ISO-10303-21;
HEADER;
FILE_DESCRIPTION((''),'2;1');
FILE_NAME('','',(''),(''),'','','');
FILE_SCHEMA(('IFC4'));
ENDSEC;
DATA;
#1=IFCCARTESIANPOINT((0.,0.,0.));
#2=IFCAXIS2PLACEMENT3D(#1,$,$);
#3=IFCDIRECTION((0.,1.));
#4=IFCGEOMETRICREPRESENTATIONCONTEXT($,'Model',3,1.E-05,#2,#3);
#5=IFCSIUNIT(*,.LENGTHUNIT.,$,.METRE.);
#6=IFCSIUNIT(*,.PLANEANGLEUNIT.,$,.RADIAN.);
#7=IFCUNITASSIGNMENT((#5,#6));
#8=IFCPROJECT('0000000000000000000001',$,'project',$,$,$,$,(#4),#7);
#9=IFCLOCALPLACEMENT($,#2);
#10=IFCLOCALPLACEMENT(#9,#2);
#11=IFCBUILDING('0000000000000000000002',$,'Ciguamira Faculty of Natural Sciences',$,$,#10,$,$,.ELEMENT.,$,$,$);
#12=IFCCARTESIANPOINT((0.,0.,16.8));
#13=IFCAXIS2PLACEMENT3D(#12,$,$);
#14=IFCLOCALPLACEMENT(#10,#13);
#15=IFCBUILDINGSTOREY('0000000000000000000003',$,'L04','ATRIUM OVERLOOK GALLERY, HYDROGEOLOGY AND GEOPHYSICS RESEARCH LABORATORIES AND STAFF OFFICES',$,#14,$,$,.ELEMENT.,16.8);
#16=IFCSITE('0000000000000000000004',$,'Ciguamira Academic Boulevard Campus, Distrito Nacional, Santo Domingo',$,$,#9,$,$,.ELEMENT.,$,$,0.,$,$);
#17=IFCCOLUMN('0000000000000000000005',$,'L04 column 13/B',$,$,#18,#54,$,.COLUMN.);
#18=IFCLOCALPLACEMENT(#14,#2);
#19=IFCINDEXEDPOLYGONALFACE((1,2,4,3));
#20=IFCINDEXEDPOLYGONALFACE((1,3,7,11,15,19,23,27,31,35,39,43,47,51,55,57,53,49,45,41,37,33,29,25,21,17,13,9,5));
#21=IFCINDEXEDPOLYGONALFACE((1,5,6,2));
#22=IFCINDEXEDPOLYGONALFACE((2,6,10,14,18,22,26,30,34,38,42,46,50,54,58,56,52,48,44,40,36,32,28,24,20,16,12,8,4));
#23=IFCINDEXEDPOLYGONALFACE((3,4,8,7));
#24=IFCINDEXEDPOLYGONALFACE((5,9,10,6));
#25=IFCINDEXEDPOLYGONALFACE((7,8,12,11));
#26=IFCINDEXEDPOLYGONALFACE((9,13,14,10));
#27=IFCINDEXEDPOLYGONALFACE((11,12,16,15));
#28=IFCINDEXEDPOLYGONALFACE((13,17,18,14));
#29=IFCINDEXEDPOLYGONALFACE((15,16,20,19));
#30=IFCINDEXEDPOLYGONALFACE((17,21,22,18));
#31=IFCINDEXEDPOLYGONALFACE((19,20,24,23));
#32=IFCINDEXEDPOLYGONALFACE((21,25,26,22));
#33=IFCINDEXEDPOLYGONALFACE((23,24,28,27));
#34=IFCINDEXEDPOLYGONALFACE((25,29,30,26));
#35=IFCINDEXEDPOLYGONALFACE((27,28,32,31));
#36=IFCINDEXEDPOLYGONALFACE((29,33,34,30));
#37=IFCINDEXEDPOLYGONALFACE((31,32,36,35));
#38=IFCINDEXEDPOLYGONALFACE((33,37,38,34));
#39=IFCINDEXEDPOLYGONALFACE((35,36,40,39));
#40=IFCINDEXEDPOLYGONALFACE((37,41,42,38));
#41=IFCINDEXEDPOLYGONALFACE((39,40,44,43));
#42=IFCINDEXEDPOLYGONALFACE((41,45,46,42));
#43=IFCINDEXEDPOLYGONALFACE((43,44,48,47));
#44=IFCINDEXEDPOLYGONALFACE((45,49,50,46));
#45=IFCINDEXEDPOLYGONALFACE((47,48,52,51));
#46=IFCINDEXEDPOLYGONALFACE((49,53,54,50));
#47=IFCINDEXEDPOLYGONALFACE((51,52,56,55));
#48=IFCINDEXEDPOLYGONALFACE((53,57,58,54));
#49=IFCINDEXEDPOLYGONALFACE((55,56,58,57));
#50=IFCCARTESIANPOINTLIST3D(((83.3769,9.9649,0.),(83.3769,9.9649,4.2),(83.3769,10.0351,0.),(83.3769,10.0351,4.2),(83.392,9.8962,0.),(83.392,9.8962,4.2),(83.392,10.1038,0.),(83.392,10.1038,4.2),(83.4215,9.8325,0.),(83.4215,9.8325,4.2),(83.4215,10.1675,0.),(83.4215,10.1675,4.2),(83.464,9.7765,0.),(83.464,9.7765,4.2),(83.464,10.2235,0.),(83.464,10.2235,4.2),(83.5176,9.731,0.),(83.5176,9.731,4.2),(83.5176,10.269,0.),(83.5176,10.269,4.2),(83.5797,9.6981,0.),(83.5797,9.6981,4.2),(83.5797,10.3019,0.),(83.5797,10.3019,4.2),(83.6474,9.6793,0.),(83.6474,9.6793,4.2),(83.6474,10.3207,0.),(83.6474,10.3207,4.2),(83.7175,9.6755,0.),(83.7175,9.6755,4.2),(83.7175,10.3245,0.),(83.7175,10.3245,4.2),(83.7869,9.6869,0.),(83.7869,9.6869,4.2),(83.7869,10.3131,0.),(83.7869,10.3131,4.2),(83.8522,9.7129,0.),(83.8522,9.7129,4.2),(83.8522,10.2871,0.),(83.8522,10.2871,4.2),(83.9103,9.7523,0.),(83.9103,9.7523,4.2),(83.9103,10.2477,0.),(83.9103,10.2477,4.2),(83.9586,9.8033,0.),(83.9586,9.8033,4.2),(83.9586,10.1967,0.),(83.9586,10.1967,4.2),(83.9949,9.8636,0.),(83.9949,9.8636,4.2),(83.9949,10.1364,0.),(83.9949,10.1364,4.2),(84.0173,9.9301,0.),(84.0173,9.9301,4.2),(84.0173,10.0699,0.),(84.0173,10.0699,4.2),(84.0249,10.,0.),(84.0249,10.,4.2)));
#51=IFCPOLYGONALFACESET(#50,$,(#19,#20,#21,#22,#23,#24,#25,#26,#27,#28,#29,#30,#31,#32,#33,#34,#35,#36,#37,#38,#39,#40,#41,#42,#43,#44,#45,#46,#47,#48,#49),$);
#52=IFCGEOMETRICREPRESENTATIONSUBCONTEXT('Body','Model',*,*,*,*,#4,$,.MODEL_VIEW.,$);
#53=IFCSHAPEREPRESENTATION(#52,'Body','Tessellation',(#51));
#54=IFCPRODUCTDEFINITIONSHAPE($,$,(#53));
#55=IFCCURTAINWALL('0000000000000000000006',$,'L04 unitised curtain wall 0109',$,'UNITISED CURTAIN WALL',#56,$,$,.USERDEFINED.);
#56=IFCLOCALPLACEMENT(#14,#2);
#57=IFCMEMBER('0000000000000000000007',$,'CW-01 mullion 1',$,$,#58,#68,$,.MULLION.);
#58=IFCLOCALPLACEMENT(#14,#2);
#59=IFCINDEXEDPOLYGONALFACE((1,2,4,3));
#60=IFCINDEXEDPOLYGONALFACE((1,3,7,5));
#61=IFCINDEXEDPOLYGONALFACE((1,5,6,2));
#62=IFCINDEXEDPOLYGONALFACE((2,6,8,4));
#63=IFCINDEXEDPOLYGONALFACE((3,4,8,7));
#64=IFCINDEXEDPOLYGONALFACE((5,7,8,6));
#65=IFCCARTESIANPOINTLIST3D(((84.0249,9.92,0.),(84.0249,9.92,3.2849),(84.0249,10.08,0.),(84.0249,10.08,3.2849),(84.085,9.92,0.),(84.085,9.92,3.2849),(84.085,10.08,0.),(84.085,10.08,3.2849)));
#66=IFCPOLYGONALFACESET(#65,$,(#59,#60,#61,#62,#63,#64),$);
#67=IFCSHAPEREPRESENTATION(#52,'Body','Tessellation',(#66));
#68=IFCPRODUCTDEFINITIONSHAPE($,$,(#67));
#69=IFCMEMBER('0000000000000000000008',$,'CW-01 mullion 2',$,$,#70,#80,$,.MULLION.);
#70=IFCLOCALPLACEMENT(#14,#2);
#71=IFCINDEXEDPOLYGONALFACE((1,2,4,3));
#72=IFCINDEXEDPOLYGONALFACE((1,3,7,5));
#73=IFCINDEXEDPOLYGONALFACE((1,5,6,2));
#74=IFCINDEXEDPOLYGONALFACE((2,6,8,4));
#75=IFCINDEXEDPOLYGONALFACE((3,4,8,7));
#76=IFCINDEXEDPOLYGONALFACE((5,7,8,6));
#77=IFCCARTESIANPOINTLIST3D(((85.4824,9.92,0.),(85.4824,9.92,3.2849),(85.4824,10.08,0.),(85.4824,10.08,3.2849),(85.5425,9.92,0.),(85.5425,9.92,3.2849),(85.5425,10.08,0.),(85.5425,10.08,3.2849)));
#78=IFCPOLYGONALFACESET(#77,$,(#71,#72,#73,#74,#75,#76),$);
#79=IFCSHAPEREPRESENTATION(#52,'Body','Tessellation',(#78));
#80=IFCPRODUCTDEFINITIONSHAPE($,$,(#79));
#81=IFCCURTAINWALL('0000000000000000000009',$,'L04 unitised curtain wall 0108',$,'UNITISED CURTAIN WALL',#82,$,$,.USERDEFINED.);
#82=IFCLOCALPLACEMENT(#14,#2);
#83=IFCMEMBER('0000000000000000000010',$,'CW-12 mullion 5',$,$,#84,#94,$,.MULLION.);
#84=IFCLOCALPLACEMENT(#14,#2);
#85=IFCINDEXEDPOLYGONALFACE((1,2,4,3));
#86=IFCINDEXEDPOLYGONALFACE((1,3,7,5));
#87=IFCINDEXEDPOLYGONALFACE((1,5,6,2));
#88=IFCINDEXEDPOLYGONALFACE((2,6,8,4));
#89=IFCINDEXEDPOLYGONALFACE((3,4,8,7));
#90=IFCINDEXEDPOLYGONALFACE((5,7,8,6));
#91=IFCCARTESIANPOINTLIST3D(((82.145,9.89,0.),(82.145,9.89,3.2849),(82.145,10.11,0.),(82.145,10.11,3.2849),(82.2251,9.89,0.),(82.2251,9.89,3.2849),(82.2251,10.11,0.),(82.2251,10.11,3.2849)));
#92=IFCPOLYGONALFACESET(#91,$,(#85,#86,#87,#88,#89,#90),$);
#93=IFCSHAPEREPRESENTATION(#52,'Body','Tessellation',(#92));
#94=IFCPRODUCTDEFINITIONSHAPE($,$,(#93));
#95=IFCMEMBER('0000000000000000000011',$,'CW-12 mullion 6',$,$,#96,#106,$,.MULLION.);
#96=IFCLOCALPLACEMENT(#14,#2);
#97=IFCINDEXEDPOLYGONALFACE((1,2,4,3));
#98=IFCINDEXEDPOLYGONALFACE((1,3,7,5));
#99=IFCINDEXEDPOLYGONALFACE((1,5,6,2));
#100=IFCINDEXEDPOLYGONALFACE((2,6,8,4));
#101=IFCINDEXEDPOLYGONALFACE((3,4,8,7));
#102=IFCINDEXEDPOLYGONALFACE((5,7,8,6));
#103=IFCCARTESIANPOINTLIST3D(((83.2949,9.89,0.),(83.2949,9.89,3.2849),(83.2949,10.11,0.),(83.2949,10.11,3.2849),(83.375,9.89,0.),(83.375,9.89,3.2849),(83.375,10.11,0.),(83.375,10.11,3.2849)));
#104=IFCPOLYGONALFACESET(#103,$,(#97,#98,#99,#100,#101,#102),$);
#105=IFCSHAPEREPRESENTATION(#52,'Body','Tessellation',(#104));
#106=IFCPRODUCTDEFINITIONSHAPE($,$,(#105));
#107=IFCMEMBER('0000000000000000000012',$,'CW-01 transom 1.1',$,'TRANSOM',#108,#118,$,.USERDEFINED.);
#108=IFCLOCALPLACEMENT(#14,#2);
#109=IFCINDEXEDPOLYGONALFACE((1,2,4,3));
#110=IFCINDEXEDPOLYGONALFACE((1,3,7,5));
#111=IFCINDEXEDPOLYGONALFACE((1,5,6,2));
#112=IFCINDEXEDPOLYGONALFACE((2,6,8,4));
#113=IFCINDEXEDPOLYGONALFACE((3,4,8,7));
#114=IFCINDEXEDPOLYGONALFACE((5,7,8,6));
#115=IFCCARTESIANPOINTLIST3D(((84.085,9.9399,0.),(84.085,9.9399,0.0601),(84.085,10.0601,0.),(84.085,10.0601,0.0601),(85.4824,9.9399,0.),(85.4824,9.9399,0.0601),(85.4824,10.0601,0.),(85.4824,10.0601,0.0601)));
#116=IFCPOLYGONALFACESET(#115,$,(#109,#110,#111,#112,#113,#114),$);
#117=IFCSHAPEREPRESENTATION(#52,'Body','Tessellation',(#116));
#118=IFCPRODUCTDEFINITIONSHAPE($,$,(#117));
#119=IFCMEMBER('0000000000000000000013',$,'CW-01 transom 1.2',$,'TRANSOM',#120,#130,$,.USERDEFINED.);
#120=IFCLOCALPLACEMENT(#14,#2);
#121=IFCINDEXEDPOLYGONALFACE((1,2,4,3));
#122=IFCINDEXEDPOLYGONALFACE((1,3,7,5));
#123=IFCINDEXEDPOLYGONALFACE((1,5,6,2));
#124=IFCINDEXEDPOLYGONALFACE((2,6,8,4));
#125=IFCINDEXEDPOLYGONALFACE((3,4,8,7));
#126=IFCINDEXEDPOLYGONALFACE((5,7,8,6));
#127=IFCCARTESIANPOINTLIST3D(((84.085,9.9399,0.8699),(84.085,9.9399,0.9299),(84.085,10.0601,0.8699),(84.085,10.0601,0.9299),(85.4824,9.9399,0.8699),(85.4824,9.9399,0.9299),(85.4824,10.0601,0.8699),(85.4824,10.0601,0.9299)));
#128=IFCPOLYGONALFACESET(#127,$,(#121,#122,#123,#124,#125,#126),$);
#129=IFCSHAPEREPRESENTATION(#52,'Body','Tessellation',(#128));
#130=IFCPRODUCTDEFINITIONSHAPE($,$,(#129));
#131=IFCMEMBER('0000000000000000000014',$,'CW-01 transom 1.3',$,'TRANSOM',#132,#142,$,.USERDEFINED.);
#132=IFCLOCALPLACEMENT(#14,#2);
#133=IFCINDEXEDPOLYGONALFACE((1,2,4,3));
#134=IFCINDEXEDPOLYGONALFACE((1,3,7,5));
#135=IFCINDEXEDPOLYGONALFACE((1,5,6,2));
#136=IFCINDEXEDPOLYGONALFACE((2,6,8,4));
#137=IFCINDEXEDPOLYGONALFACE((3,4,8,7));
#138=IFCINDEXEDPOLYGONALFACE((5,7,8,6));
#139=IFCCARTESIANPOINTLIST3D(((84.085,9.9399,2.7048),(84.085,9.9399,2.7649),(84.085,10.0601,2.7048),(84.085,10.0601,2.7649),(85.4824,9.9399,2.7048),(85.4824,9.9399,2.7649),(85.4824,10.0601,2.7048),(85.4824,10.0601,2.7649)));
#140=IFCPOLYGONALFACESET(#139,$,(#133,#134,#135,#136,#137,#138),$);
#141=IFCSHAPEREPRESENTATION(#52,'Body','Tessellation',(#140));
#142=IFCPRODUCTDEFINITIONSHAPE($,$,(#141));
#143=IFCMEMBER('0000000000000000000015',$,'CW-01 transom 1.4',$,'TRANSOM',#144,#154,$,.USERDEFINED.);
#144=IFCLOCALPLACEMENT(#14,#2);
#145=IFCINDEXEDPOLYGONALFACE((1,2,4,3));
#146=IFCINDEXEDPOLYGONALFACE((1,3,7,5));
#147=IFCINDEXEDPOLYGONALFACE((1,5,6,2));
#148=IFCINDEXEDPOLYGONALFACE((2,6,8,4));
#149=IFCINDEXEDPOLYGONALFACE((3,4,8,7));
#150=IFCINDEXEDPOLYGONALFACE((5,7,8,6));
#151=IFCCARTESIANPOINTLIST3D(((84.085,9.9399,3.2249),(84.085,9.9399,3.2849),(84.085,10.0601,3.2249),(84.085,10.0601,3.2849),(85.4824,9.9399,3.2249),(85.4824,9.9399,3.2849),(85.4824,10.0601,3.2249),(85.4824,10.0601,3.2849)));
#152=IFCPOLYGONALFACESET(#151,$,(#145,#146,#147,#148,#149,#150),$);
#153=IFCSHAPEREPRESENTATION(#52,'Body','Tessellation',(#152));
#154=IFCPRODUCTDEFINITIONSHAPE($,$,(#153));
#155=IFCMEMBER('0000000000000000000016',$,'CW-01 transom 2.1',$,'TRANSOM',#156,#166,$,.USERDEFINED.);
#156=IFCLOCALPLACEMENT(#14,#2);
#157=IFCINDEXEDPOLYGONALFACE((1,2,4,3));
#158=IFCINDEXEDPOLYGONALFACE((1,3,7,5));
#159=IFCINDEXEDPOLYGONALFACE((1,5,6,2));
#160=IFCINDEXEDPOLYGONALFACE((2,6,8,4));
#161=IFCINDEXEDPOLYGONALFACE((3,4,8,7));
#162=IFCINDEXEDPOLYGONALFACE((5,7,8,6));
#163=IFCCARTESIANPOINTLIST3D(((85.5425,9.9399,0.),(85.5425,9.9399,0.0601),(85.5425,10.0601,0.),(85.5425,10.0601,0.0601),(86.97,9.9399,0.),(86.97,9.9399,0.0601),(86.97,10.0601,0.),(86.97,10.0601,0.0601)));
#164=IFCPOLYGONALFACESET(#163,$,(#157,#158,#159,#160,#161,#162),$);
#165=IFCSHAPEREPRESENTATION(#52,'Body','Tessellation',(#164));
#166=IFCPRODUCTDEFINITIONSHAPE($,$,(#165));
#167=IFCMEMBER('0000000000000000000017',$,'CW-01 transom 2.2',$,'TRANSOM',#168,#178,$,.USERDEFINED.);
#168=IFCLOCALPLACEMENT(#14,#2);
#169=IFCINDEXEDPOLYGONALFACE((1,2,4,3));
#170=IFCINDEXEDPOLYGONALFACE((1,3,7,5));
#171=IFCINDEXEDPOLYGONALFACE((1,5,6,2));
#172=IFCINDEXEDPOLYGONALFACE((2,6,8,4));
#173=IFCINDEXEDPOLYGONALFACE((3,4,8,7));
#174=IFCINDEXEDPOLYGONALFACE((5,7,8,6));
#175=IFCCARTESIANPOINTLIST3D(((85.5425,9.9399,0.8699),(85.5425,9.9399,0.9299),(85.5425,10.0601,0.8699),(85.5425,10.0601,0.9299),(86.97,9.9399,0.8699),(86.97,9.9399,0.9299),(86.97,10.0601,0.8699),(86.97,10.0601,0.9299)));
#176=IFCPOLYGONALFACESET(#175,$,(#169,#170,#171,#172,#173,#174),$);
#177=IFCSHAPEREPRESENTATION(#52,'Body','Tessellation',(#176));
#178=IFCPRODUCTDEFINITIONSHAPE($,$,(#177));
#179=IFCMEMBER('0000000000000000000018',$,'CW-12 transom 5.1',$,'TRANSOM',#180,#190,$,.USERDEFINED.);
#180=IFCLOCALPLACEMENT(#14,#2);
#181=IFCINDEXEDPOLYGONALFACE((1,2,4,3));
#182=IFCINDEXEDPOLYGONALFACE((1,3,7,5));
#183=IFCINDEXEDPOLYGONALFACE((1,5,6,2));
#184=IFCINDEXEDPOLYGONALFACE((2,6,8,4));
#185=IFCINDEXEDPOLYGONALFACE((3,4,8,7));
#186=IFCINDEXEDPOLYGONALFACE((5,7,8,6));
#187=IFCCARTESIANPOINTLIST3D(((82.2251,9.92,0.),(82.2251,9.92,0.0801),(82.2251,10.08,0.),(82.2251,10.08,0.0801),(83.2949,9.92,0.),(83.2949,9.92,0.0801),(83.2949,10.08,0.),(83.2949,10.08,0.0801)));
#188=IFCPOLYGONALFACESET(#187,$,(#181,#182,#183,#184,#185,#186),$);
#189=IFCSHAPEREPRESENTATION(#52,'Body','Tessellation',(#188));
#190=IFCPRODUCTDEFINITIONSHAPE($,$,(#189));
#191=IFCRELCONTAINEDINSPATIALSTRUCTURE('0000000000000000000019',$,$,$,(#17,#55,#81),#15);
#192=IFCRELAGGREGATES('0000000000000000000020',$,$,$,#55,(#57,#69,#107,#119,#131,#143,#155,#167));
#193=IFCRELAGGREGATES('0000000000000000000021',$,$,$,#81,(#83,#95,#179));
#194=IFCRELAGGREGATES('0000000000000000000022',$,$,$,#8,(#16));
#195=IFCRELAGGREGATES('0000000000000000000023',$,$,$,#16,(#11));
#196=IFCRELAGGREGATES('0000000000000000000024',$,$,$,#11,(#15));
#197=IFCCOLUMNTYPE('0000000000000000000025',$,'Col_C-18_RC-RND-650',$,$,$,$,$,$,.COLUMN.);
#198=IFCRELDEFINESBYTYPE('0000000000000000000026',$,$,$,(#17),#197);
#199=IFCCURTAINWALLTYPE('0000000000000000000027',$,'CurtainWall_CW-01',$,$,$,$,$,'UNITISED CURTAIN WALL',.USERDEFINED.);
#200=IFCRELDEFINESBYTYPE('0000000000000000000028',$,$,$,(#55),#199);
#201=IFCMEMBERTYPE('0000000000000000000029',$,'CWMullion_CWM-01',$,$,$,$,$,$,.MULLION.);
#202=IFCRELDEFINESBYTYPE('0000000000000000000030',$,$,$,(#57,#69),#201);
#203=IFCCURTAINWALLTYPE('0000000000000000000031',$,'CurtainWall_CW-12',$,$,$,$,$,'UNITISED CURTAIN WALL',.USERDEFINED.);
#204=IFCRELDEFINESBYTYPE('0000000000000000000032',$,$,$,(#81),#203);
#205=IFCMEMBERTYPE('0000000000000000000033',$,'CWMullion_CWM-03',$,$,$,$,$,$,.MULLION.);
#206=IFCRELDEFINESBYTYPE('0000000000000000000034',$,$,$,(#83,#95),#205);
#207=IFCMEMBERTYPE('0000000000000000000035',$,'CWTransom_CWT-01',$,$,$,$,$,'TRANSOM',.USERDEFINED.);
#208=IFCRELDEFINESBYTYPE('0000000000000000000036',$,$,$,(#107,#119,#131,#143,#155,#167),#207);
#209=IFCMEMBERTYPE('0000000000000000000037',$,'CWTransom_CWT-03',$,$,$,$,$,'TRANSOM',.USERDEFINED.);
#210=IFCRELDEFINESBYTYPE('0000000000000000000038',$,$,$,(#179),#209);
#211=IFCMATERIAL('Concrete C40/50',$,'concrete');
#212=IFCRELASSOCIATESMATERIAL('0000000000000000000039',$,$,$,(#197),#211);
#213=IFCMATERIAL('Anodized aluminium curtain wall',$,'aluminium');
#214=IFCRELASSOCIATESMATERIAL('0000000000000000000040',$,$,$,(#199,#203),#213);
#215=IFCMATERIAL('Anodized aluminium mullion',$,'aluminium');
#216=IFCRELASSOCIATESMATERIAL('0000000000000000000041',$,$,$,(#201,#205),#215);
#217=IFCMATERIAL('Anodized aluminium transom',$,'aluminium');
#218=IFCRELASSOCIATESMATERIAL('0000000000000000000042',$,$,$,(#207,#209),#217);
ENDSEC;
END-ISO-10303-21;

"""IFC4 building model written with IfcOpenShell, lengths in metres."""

from ifc_helpers import new_model, si_unit, direction, frame, origin, origin_2d, place, context, subcontext, project, spatial, rectangle, circle, extrude, material, material_profile, profile_set, type_object, element, aggregate, save


model = new_model("IFC4")

# Units and contexts
model_context = context("Model", 3, precision=1e-05, world=origin(), true_north=direction((0.0, 1.0)))
body_context = subcontext(model_context, "Body", "Model", "MODEL_VIEW")
ifc_project = project(units=[si_unit("LENGTHUNIT", "METRE"), si_unit("PLANEANGLEUNIT", "RADIAN")], contexts=[model_context])

# Site, building, storey
site_placement = place(None, origin())
site = spatial("IfcSite", under=ifc_project, at=site_placement, Name="Ciguamira Academic Boulevard Campus, Distrito Nacional, Santo Domingo", CompositionType="ELEMENT", RefElevation=0.0)
building_placement = place(site_placement, origin())
building = spatial("IfcBuilding", under=site, at=building_placement, Name="Ciguamira Faculty of Natural Sciences", CompositionType="ELEMENT")
storey_placement = place(building_placement, frame((0.0, 0.0, 16.8)))
storey = spatial("IfcBuildingStorey", under=building, at=storey_placement, Name="L04", Description="ATRIUM OVERLOOK GALLERY, HYDROGEOLOGY AND GEOPHYSICS RESEARCH LABORATORIES AND STAFF OFFICES", CompositionType="ELEMENT", Elevation=16.8)

# Column
ifc_material_1 = material(Name="Concrete C40/50", Category="concrete")
ifc_material_profile_1 = material_profile(ifc_material_1, circle(Radius=0.325, at=origin_2d()), Name="RC-RND-650")
ifc_profile_set_1 = profile_set([ifc_material_profile_1], Name="Concrete C40/50")
column_type = type_object("IfcColumnType", Name="Col_C-18_RC-RND-650", PredefinedType="COLUMN", material=ifc_profile_set_1)
column_placement = place(storey_placement, frame((83.7, 10.0, 0.0), z_axis=(0.0, 0.0, 1.0), x_axis=(1.0, 0.0, 0.0)))
element("IfcColumn", 1, at=column_placement, inside=storey, type_object=column_type, Name="L04 column 13/B", PredefinedType="COLUMN", context=body_context, shape_type="SweptSolid", body=[
    extrude(circle(Radius=0.325, at=origin_2d()), origin(), (0.0, 0.0, 1.0), 4.2),
])

# Curtain walls, members
ifc_material_2 = material(Name="Anodized aluminium curtain wall", Category="aluminium")
curtain_wall_type_1 = type_object("IfcCurtainWallType", Name="CurtainWall_CW-01", ElementType="UNITISED CURTAIN WALL", PredefinedType="USERDEFINED", material=ifc_material_2)
curtain_wall_1_placement = place(storey_placement, origin())
curtain_wall_1 = element("IfcCurtainWall", 2, at=curtain_wall_1_placement, inside=storey, type_object=curtain_wall_type_1, Name="L04 unitised curtain wall 0109", ObjectType="UNITISED CURTAIN WALL", PredefinedType="USERDEFINED")
ifc_material_3 = material(Name="Anodized aluminium mullion", Category="aluminium")
ifc_material_profile_2 = material_profile(ifc_material_3, rectangle(XDim=0.0601, YDim=0.1599, at=origin_2d()), Name="ALU-MUL-60X160")
ifc_profile_set_2 = profile_set([ifc_material_profile_2], Name="Anodized aluminium mullion")
member_type_1 = type_object("IfcMemberType", Name="CWMullion_CWM-01", PredefinedType="MULLION", material=ifc_profile_set_2)
member_1_placement = place(storey_placement, frame((84.0549, 10.0, 0.0), z_axis=(0.0, 0.0, 1.0), x_axis=(1.0, 0.0, 0.0)))
member_1 = element("IfcMember", 3, at=member_1_placement, type_object=member_type_1, Name="CW-01 mullion 1", PredefinedType="MULLION", context=body_context, shape_type="SweptSolid", body=[
    extrude(rectangle(XDim=0.0601, YDim=0.1599, at=origin_2d()), origin(), (0.0, 0.0, 1.0), 3.2849),
])
member_2_placement = place(storey_placement, frame((85.5125, 10.0, 0.0), z_axis=(0.0, 0.0, 1.0), x_axis=(1.0, 0.0, 0.0)))
member_2 = element("IfcMember", 4, at=member_2_placement, type_object=member_type_1, Name="CW-01 mullion 2", PredefinedType="MULLION", context=body_context, shape_type="SweptSolid", body=[
    extrude(rectangle(XDim=0.0601, YDim=0.1599, at=origin_2d()), origin(), (0.0, 0.0, 1.0), 3.2849),
])
curtain_wall_type_2 = type_object("IfcCurtainWallType", Name="CurtainWall_CW-12", ElementType="UNITISED CURTAIN WALL", PredefinedType="USERDEFINED", material=ifc_material_2)
curtain_wall_2_placement = place(storey_placement, origin())
curtain_wall_2 = element("IfcCurtainWall", 5, at=curtain_wall_2_placement, inside=storey, type_object=curtain_wall_type_2, Name="L04 unitised curtain wall 0108", ObjectType="UNITISED CURTAIN WALL", PredefinedType="USERDEFINED")
ifc_material_profile_3 = material_profile(ifc_material_3, rectangle(XDim=0.0801, YDim=0.22, at=origin_2d()), Name="ALU-MUL-80X220")
ifc_profile_set_3 = profile_set([ifc_material_profile_3], Name="Anodized aluminium mullion")
member_type_2 = type_object("IfcMemberType", Name="CWMullion_CWM-03", PredefinedType="MULLION", material=ifc_profile_set_3)
member_3_placement = place(storey_placement, frame((82.1851, 10.0, 0.0), z_axis=(0.0, 0.0, 1.0), x_axis=(1.0, 0.0, 0.0)))
member_3 = element("IfcMember", 6, at=member_3_placement, type_object=member_type_2, Name="CW-12 mullion 5", PredefinedType="MULLION", context=body_context, shape_type="SweptSolid", body=[
    extrude(rectangle(XDim=0.0801, YDim=0.22, at=origin_2d()), origin(), (0.0, 0.0, 1.0), 3.2849),
])
member_4_placement = place(storey_placement, frame((83.335, 10.0, 0.0), z_axis=(0.0, 0.0, 1.0), x_axis=(1.0, 0.0, 0.0)))
member_4 = element("IfcMember", 7, at=member_4_placement, type_object=member_type_2, Name="CW-12 mullion 6", PredefinedType="MULLION", context=body_context, shape_type="SweptSolid", body=[
    extrude(rectangle(XDim=0.0801, YDim=0.22, at=origin_2d()), origin(), (0.0, 0.0, 1.0), 3.2849),
])

# Members
ifc_material_4 = material(Name="Anodized aluminium transom", Category="aluminium")
ifc_material_profile_4 = material_profile(ifc_material_4, rectangle(XDim=0.0601, YDim=0.1201, at=origin_2d()), Name="ALU-TRN-60X120")
ifc_profile_set_4 = profile_set([ifc_material_profile_4], Name="Anodized aluminium transom")
member_type_3 = type_object("IfcMemberType", Name="CWTransom_CWT-01", ElementType="TRANSOM", PredefinedType="USERDEFINED", material=ifc_profile_set_4)
member_5_placement = place(storey_placement, frame((84.085, 10.0, 0.03), z_axis=(1.0, 0.0, 0.0), x_axis=(0.0, 0.0, 1.0)))
member_5 = element("IfcMember", 8, at=member_5_placement, type_object=member_type_3, Name="CW-01 transom 1.1", ObjectType="TRANSOM", PredefinedType="USERDEFINED", context=body_context, shape_type="SweptSolid", body=[
    extrude(rectangle(XDim=0.0601, YDim=0.1201, at=origin_2d()), origin(), (0.0, 0.0, 1.0), 1.3975),
])
member_6_placement = place(storey_placement, frame((84.085, 10.0, 0.8999), z_axis=(1.0, 0.0, 0.0), x_axis=(0.0, 0.0, 1.0)))
member_6 = element("IfcMember", 9, at=member_6_placement, type_object=member_type_3, Name="CW-01 transom 1.2", ObjectType="TRANSOM", PredefinedType="USERDEFINED", context=body_context, shape_type="SweptSolid", body=[
    extrude(rectangle(XDim=0.0601, YDim=0.1201, at=origin_2d()), origin(), (0.0, 0.0, 1.0), 1.3975),
])
member_7_placement = place(storey_placement, frame((84.085, 10.0, 2.7349), z_axis=(1.0, 0.0, 0.0), x_axis=(0.0, 0.0, 1.0)))
member_7 = element("IfcMember", 10, at=member_7_placement, type_object=member_type_3, Name="CW-01 transom 1.3", ObjectType="TRANSOM", PredefinedType="USERDEFINED", context=body_context, shape_type="SweptSolid", body=[
    extrude(rectangle(XDim=0.0601, YDim=0.1201, at=origin_2d()), origin(), (0.0, 0.0, 1.0), 1.3975),
])
member_8_placement = place(storey_placement, frame((84.085, 10.0, 3.2549), z_axis=(1.0, 0.0, 0.0), x_axis=(0.0, 0.0, 1.0)))
member_8 = element("IfcMember", 11, at=member_8_placement, type_object=member_type_3, Name="CW-01 transom 1.4", ObjectType="TRANSOM", PredefinedType="USERDEFINED", context=body_context, shape_type="SweptSolid", body=[
    extrude(rectangle(XDim=0.0601, YDim=0.1201, at=origin_2d()), origin(), (0.0, 0.0, 1.0), 1.3975),
])
member_9_placement = place(storey_placement, frame((85.5425, 10.0, 0.03), z_axis=(1.0, 0.0, 0.0), x_axis=(0.0, 0.0, 1.0)))
member_9 = element("IfcMember", 12, at=member_9_placement, type_object=member_type_3, Name="CW-01 transom 2.1", ObjectType="TRANSOM", PredefinedType="USERDEFINED", context=body_context, shape_type="SweptSolid", body=[
    extrude(rectangle(XDim=0.0601, YDim=0.1201, at=origin_2d()), origin(), (0.0, 0.0, 1.0), 1.4275),
])
member_10_placement = place(storey_placement, frame((85.5425, 10.0, 0.8999), z_axis=(1.0, 0.0, 0.0), x_axis=(0.0, 0.0, 1.0)))
member_10 = element("IfcMember", 13, at=member_10_placement, type_object=member_type_3, Name="CW-01 transom 2.2", ObjectType="TRANSOM", PredefinedType="USERDEFINED", context=body_context, shape_type="SweptSolid", body=[
    extrude(rectangle(XDim=0.0601, YDim=0.1201, at=origin_2d()), origin(), (0.0, 0.0, 1.0), 1.4275),
])
ifc_material_profile_5 = material_profile(ifc_material_4, rectangle(XDim=0.0801, YDim=0.1599, at=origin_2d()), Name="ALU-TRN-80X160")
ifc_profile_set_5 = profile_set([ifc_material_profile_5], Name="Anodized aluminium transom")
member_type_4 = type_object("IfcMemberType", Name="CWTransom_CWT-03", ElementType="TRANSOM", PredefinedType="USERDEFINED", material=ifc_profile_set_5)
member_11_placement = place(storey_placement, frame((82.2251, 10.0, 0.04), z_axis=(1.0, 0.0, 0.0), x_axis=(0.0, 0.0, 1.0)))
member_11 = element("IfcMember", 14, at=member_11_placement, type_object=member_type_4, Name="CW-12 transom 5.1", ObjectType="TRANSOM", PredefinedType="USERDEFINED", context=body_context, shape_type="SweptSolid", body=[
    extrude(rectangle(XDim=0.0801, YDim=0.1599, at=origin_2d()), origin(), (0.0, 0.0, 1.0), 1.0698),
])

aggregate(curtain_wall_1, [member_1, member_2, member_5, member_6, member_7, member_8, member_9, member_10])
aggregate(curtain_wall_2, [member_3, member_4, member_11])

save(model, "model.ifc")
